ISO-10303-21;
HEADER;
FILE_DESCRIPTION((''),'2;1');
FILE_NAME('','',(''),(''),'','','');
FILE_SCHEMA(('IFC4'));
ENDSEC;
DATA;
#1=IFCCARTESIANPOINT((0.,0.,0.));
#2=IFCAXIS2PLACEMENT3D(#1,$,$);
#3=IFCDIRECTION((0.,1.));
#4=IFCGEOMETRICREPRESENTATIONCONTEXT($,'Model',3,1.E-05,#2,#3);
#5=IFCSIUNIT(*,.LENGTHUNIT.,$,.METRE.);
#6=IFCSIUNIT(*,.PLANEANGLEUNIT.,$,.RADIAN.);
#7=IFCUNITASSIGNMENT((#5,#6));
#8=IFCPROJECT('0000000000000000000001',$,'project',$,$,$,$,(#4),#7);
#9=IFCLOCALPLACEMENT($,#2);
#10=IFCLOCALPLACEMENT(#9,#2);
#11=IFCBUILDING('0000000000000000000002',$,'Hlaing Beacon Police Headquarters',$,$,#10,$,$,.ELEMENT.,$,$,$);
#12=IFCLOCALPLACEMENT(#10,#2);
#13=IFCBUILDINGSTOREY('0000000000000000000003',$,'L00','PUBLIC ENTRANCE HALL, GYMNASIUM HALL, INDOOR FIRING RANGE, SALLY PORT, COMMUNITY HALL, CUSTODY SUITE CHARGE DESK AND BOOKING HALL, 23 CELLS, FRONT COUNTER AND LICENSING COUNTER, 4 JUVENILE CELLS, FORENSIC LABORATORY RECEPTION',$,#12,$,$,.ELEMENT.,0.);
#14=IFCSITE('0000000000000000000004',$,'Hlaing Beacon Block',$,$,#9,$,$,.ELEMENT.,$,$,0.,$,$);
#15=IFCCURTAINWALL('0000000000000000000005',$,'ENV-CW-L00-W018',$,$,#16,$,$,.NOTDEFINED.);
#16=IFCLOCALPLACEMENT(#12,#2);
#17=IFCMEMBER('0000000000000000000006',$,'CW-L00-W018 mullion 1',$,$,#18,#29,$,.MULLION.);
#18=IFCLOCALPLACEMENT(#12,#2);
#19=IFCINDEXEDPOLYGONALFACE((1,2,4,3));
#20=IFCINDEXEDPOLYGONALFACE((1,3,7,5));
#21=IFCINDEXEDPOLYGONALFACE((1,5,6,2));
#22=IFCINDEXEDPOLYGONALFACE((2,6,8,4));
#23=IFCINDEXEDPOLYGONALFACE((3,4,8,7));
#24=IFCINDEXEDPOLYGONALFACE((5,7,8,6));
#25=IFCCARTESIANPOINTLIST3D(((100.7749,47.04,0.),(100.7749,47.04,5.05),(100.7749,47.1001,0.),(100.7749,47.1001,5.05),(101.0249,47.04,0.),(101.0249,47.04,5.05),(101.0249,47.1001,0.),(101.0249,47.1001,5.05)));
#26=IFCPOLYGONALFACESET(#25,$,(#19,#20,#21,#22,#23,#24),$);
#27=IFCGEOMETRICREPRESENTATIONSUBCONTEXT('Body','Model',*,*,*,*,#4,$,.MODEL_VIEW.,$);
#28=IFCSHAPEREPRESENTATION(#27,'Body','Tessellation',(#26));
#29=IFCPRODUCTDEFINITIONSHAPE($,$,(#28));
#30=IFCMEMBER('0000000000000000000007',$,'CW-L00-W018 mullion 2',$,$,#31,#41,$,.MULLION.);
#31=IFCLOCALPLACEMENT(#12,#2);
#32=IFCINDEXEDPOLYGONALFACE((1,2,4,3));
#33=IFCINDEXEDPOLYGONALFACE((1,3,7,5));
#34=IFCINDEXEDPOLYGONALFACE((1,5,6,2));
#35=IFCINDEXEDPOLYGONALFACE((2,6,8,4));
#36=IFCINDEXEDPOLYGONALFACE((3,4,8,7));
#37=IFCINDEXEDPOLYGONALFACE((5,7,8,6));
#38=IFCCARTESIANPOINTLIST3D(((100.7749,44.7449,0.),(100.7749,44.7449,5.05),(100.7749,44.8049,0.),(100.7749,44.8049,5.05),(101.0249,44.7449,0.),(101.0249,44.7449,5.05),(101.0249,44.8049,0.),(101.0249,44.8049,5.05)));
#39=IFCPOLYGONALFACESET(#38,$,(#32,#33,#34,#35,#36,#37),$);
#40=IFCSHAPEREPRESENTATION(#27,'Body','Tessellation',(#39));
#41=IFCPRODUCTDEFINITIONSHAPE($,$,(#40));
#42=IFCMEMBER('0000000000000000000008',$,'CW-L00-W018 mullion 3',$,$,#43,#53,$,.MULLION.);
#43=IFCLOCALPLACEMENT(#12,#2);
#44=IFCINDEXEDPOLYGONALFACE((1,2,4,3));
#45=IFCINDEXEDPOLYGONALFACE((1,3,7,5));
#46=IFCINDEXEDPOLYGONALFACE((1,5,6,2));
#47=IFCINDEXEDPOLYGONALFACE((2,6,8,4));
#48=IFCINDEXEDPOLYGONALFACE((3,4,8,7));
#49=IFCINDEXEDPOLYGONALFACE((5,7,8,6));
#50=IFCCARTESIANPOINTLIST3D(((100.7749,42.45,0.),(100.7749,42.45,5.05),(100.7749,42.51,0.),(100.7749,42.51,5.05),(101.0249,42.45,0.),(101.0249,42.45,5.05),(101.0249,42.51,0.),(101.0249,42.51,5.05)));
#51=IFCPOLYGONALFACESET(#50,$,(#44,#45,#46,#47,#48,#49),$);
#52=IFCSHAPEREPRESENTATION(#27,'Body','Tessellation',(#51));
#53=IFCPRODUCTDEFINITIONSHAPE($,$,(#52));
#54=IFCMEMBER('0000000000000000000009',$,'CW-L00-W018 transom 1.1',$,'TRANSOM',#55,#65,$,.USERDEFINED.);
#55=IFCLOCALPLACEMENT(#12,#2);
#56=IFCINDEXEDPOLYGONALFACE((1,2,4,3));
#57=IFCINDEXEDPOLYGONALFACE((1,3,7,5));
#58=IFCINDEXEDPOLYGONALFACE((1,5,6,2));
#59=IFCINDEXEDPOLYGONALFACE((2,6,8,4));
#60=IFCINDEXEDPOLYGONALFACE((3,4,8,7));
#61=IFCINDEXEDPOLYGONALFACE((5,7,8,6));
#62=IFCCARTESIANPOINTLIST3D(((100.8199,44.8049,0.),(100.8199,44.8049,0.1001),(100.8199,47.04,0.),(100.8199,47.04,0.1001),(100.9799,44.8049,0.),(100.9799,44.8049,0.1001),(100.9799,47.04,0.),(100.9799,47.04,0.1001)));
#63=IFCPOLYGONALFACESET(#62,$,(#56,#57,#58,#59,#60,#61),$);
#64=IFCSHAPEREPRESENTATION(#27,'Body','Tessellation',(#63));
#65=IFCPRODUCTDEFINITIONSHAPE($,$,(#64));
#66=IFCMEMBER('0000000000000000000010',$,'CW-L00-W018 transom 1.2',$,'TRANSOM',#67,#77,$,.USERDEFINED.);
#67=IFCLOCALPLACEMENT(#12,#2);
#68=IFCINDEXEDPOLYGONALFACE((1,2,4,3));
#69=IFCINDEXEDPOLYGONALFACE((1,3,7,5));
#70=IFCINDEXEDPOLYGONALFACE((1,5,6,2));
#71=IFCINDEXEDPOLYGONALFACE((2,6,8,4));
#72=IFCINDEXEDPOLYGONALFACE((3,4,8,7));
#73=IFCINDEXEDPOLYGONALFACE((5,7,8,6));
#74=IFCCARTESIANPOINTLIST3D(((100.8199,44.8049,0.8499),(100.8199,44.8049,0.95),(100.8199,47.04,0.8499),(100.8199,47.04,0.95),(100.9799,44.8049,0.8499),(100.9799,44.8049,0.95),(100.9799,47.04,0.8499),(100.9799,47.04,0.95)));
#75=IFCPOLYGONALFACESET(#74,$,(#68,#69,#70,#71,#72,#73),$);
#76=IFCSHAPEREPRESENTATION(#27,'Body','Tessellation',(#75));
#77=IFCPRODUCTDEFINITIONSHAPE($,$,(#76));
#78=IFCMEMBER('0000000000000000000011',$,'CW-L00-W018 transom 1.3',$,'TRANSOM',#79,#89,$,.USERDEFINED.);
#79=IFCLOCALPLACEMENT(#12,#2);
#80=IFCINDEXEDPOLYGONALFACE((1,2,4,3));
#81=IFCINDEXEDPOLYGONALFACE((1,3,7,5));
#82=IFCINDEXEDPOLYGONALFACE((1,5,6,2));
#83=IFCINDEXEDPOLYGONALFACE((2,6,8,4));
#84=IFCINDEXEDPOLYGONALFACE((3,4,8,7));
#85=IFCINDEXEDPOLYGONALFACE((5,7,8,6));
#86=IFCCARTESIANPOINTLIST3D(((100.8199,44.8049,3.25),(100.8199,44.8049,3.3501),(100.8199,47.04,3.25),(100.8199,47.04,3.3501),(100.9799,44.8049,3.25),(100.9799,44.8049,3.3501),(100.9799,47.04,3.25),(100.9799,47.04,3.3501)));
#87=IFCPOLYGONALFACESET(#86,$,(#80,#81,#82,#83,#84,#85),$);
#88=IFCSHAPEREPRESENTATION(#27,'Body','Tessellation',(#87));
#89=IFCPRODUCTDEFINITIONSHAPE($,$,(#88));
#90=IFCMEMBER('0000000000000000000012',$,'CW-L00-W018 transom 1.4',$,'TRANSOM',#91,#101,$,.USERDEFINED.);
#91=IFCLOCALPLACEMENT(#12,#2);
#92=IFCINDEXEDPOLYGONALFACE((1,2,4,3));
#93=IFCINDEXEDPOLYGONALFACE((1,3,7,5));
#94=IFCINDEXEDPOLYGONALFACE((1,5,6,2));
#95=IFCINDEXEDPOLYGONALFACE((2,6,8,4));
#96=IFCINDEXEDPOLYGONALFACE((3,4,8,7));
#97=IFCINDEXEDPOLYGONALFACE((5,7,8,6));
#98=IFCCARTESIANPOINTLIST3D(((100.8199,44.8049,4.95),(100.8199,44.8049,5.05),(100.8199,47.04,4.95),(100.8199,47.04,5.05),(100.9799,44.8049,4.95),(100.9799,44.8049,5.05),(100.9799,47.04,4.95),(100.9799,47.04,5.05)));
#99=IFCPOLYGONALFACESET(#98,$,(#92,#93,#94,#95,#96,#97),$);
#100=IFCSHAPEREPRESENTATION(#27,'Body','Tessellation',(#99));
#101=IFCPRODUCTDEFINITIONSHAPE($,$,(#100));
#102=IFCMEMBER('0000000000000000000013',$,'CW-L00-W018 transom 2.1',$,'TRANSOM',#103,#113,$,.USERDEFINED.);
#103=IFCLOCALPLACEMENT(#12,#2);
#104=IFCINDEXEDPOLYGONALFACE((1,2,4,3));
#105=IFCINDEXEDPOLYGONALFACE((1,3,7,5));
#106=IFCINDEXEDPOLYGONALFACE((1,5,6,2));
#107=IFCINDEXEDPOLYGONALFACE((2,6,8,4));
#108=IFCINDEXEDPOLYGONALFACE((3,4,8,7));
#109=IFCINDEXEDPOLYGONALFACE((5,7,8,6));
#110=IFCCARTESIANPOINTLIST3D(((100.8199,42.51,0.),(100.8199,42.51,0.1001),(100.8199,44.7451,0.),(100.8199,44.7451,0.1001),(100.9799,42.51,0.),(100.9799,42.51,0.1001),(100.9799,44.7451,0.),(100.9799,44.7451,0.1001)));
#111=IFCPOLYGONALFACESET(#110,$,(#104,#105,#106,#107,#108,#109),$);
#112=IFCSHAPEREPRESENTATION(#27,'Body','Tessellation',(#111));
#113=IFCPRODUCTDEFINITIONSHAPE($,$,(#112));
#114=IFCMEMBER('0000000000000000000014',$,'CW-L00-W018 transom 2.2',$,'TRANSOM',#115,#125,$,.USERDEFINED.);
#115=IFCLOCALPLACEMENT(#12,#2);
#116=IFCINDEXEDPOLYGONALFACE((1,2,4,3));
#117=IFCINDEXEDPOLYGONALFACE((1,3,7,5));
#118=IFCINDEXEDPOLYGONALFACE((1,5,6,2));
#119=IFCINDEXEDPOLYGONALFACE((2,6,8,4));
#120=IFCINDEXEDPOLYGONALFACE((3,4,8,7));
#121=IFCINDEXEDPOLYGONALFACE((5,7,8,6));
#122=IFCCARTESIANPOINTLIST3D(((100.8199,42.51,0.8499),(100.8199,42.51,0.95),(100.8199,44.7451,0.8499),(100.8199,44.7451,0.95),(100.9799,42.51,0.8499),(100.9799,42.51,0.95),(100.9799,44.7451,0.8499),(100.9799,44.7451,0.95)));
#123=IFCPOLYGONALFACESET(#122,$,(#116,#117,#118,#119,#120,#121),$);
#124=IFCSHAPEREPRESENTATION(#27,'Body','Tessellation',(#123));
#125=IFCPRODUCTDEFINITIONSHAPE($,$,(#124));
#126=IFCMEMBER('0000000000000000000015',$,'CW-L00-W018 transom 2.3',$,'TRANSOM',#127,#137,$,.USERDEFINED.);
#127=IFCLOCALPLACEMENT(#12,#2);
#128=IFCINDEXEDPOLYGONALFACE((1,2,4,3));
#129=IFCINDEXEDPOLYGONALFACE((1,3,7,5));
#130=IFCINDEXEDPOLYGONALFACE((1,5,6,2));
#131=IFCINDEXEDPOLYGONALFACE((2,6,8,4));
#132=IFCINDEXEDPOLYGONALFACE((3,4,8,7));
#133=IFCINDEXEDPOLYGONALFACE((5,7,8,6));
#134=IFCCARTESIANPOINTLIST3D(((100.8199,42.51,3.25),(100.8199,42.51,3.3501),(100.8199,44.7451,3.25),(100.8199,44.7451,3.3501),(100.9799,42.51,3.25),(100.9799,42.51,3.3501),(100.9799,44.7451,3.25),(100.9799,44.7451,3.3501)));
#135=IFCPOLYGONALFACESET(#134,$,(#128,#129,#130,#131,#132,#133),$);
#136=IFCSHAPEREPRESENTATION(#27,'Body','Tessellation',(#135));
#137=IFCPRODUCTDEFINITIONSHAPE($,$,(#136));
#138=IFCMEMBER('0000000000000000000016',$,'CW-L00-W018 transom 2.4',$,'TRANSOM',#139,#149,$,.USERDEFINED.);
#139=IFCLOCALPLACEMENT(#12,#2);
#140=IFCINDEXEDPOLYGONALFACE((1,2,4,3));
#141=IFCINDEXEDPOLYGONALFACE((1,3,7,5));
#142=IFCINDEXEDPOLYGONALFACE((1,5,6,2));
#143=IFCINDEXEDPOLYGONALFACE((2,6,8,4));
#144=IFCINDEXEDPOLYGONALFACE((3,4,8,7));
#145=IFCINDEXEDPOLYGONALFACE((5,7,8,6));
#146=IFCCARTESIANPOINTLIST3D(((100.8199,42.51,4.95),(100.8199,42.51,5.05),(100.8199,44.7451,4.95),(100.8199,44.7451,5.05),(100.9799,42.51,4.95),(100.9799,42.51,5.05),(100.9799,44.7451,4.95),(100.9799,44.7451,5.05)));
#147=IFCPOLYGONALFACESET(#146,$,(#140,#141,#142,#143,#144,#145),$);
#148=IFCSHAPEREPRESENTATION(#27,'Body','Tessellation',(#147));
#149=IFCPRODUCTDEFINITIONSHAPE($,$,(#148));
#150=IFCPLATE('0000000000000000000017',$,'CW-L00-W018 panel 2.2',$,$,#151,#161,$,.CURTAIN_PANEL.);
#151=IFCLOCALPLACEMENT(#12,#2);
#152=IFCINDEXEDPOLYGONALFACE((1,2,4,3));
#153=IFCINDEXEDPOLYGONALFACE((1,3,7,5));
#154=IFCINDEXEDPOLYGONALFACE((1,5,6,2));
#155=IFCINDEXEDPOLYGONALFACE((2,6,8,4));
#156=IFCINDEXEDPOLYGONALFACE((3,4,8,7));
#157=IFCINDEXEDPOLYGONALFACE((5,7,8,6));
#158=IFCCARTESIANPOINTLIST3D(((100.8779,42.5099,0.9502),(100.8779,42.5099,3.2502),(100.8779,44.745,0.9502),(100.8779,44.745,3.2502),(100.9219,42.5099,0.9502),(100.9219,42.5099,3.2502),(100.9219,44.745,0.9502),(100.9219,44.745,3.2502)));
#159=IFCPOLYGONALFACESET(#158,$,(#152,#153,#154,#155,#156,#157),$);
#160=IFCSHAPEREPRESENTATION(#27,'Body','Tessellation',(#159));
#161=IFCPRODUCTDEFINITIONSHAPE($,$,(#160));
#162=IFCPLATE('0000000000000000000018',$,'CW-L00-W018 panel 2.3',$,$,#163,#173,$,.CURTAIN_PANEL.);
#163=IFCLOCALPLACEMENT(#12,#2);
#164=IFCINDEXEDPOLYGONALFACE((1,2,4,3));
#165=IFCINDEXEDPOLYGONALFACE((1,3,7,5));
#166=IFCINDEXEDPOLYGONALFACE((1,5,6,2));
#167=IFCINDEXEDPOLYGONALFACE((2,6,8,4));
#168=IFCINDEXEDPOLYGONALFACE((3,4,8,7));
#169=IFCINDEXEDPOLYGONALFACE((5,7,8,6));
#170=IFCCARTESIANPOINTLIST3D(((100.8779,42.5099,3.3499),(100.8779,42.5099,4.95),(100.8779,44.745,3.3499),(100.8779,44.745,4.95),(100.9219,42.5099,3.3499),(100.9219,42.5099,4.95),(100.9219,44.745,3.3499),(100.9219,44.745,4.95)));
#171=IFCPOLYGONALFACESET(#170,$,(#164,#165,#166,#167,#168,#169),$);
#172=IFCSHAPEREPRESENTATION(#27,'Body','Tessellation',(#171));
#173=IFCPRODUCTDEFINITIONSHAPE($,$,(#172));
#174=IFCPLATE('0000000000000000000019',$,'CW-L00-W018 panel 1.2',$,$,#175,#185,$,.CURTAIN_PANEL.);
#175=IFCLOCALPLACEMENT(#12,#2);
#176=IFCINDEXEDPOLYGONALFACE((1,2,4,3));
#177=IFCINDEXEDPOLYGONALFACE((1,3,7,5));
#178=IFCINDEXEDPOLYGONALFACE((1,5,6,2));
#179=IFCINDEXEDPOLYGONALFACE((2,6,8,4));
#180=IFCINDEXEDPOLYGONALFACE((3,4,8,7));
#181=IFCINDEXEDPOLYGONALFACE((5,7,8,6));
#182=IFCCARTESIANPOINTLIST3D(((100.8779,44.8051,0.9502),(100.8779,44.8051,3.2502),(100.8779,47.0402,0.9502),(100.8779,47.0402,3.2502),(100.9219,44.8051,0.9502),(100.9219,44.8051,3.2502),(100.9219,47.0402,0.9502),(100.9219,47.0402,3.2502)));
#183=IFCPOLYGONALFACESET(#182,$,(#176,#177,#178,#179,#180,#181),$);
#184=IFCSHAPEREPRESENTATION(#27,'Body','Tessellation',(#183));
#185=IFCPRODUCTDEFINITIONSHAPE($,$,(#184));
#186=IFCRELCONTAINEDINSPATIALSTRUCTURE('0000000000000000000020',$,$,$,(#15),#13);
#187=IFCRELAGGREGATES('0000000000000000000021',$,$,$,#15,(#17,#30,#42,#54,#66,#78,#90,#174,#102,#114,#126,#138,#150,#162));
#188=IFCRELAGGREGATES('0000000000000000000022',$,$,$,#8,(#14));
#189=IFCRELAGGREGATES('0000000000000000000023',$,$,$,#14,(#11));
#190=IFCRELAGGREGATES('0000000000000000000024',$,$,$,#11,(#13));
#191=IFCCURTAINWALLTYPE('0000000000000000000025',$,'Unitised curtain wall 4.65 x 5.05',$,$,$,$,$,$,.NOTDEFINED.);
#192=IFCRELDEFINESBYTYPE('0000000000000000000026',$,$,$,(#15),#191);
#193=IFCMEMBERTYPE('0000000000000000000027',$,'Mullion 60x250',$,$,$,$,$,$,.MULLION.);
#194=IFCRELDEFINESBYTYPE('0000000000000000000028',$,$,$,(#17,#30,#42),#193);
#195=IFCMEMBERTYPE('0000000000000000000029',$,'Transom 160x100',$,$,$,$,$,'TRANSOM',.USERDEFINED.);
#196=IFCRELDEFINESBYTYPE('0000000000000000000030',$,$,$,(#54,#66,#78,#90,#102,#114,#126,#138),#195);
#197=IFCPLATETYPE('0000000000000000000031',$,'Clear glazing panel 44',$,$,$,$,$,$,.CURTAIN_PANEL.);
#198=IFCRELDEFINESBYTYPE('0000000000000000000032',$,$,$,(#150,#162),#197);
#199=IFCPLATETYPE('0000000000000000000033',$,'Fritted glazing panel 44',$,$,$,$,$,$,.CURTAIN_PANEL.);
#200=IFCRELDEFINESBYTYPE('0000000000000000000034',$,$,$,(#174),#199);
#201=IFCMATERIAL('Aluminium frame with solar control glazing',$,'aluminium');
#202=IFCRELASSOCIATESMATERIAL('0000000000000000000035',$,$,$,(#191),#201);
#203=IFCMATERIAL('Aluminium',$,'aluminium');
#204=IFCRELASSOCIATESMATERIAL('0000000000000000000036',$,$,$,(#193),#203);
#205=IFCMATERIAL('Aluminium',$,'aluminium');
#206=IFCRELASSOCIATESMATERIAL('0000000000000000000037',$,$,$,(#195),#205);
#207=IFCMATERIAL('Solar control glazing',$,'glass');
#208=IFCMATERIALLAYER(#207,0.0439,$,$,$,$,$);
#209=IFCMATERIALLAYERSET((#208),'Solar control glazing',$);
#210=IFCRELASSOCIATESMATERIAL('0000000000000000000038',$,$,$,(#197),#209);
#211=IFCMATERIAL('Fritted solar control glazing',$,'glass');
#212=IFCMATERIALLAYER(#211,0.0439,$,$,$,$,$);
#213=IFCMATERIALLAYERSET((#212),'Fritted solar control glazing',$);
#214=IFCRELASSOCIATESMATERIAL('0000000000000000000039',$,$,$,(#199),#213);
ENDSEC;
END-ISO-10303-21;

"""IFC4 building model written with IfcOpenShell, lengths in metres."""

from ifc_helpers import new_model, si_unit, direction, frame, origin, origin_2d, place, context, subcontext, project, spatial, rectangle, extrude, material, layer, layer_set, material_profile, profile_set, type_object, element, aggregate, save


model = new_model("IFC4")

# Units and contexts
model_context = context("Model", 3, precision=1e-05, world=origin(), true_north=direction((0.0, 1.0)))
body_context = subcontext(model_context, "Body", "Model", "MODEL_VIEW")
ifc_project = project(units=[si_unit("LENGTHUNIT", "METRE"), si_unit("PLANEANGLEUNIT", "RADIAN")], contexts=[model_context])

# Site, building, storey
site_placement = place(None, origin())
site = spatial("IfcSite", under=ifc_project, at=site_placement, Name="Hlaing Beacon Block", CompositionType="ELEMENT", RefElevation=0.0)
building_placement = place(site_placement, origin())
building = spatial("IfcBuilding", under=site, at=building_placement, Name="Hlaing Beacon Police Headquarters", CompositionType="ELEMENT")
storey_placement = place(building_placement, origin())
storey = spatial("IfcBuildingStorey", under=building, at=storey_placement, Name="L00", Description="PUBLIC ENTRANCE HALL, GYMNASIUM HALL, INDOOR FIRING RANGE, SALLY PORT, COMMUNITY HALL, CUSTODY SUITE CHARGE DESK AND BOOKING HALL, 23 CELLS, FRONT COUNTER AND LICENSING COUNTER, 4 JUVENILE CELLS, FORENSIC LABORATORY RECEPTION", CompositionType="ELEMENT", Elevation=0.0)

# Curtain wall, members, plates
ifc_material_1 = material(Name="Aluminium frame with solar control glazing", Category="aluminium")
curtain_wall_type = type_object("IfcCurtainWallType", Name="Unitised curtain wall 4.65 x 5.05", PredefinedType="NOTDEFINED", material=ifc_material_1)
curtain_wall_placement = place(storey_placement, origin())
curtain_wall = element("IfcCurtainWall", 1, at=curtain_wall_placement, inside=storey, type_object=curtain_wall_type, Name="ENV-CW-L00-W018", PredefinedType="NOTDEFINED")
ifc_material_2 = material(Name="Aluminium", Category="aluminium")
ifc_material_profile_1 = material_profile(ifc_material_2, rectangle(XDim=0.25, YDim=0.0601, at=origin_2d()), Name="Mullion 60x250")
ifc_profile_set_1 = profile_set([ifc_material_profile_1], Name="Aluminium")
member_type_1 = type_object("IfcMemberType", Name="Mullion 60x250", PredefinedType="MULLION", material=ifc_profile_set_1)
member_1_placement = place(storey_placement, frame((100.8999, 47.0701, 0.0), z_axis=(0.0, 0.0, 1.0), x_axis=(1.0, 0.0, 0.0)))
member_1 = element("IfcMember", 2, at=member_1_placement, type_object=member_type_1, Name="CW-L00-W018 mullion 1", PredefinedType="MULLION", context=body_context, shape_type="SweptSolid", body=[
    extrude(rectangle(XDim=0.25, YDim=0.0601, at=origin_2d()), origin(), (0.0, 0.0, 1.0), 5.05),
])
member_2_placement = place(storey_placement, frame((100.8999, 44.7749, 0.0), z_axis=(0.0, 0.0, 1.0), x_axis=(1.0, 0.0, 0.0)))
member_2 = element("IfcMember", 3, at=member_2_placement, type_object=member_type_1, Name="CW-L00-W018 mullion 2", PredefinedType="MULLION", context=body_context, shape_type="SweptSolid", body=[
    extrude(rectangle(XDim=0.25, YDim=0.0601, at=origin_2d()), origin(), (0.0, 0.0, 1.0), 5.05),
])
member_3_placement = place(storey_placement, frame((100.8999, 42.48, 0.0), z_axis=(0.0, 0.0, 1.0), x_axis=(1.0, 0.0, 0.0)))
member_3 = element("IfcMember", 4, at=member_3_placement, type_object=member_type_1, Name="CW-L00-W018 mullion 3", PredefinedType="MULLION", context=body_context, shape_type="SweptSolid", body=[
    extrude(rectangle(XDim=0.25, YDim=0.0601, at=origin_2d()), origin(), (0.0, 0.0, 1.0), 5.05),
])
ifc_material_3 = material(Name="Aluminium", Category="aluminium")
ifc_material_profile_2 = material_profile(ifc_material_3, rectangle(XDim=0.1599, YDim=0.1001, at=origin_2d()), Name="Transom 160x100")
ifc_profile_set_2 = profile_set([ifc_material_profile_2], Name="Aluminium")
member_type_2 = type_object("IfcMemberType", Name="Transom 160x100", ElementType="TRANSOM", PredefinedType="USERDEFINED", material=ifc_profile_set_2)
member_4_placement = place(storey_placement, frame((100.8999, 47.04, 0.05), z_axis=(0.0, -1.0, 0.0), x_axis=(1.0, 0.0, 0.0)))
member_4 = element("IfcMember", 5, at=member_4_placement, type_object=member_type_2, Name="CW-L00-W018 transom 1.1", ObjectType="TRANSOM", PredefinedType="USERDEFINED", context=body_context, shape_type="SweptSolid", body=[
    extrude(rectangle(XDim=0.1599, YDim=0.1001, at=origin_2d()), origin(), (0.0, 0.0, 1.0), 2.2351),
])
member_5_placement = place(storey_placement, frame((100.8999, 47.04, 0.8999), z_axis=(0.0, -1.0, 0.0), x_axis=(1.0, 0.0, 0.0)))
member_5 = element("IfcMember", 6, at=member_5_placement, type_object=member_type_2, Name="CW-L00-W018 transom 1.2", ObjectType="TRANSOM", PredefinedType="USERDEFINED", context=body_context, shape_type="SweptSolid", body=[
    extrude(rectangle(XDim=0.1599, YDim=0.1001, at=origin_2d()), origin(), (0.0, 0.0, 1.0), 2.2351),
])
member_6_placement = place(storey_placement, frame((100.8999, 47.04, 3.3), z_axis=(0.0, -1.0, 0.0), x_axis=(1.0, 0.0, 0.0)))
member_6 = element("IfcMember", 7, at=member_6_placement, type_object=member_type_2, Name="CW-L00-W018 transom 1.3", ObjectType="TRANSOM", PredefinedType="USERDEFINED", context=body_context, shape_type="SweptSolid", body=[
    extrude(rectangle(XDim=0.1599, YDim=0.1001, at=origin_2d()), origin(), (0.0, 0.0, 1.0), 2.2351),
])
member_7_placement = place(storey_placement, frame((100.8999, 47.04, 5.0), z_axis=(0.0, -1.0, 0.0), x_axis=(1.0, 0.0, 0.0)))
member_7 = element("IfcMember", 8, at=member_7_placement, type_object=member_type_2, Name="CW-L00-W018 transom 1.4", ObjectType="TRANSOM", PredefinedType="USERDEFINED", context=body_context, shape_type="SweptSolid", body=[
    extrude(rectangle(XDim=0.1599, YDim=0.1001, at=origin_2d()), origin(), (0.0, 0.0, 1.0), 2.2351),
])
member_8_placement = place(storey_placement, frame((100.8999, 44.7451, 0.05), z_axis=(0.0, -1.0, 0.0), x_axis=(1.0, 0.0, 0.0)))
member_8 = element("IfcMember", 9, at=member_8_placement, type_object=member_type_2, Name="CW-L00-W018 transom 2.1", ObjectType="TRANSOM", PredefinedType="USERDEFINED", context=body_context, shape_type="SweptSolid", body=[
    extrude(rectangle(XDim=0.1599, YDim=0.1001, at=origin_2d()), origin(), (0.0, 0.0, 1.0), 2.2351),
])
member_9_placement = place(storey_placement, frame((100.8999, 44.7451, 0.8999), z_axis=(0.0, -1.0, 0.0), x_axis=(1.0, 0.0, 0.0)))
member_9 = element("IfcMember", 10, at=member_9_placement, type_object=member_type_2, Name="CW-L00-W018 transom 2.2", ObjectType="TRANSOM", PredefinedType="USERDEFINED", context=body_context, shape_type="SweptSolid", body=[
    extrude(rectangle(XDim=0.1599, YDim=0.1001, at=origin_2d()), origin(), (0.0, 0.0, 1.0), 2.2351),
])
member_10_placement = place(storey_placement, frame((100.8999, 44.7451, 3.3), z_axis=(0.0, -1.0, 0.0), x_axis=(1.0, 0.0, 0.0)))
member_10 = element("IfcMember", 11, at=member_10_placement, type_object=member_type_2, Name="CW-L00-W018 transom 2.3", ObjectType="TRANSOM", PredefinedType="USERDEFINED", context=body_context, shape_type="SweptSolid", body=[
    extrude(rectangle(XDim=0.1599, YDim=0.1001, at=origin_2d()), origin(), (0.0, 0.0, 1.0), 2.2351),
])
member_11_placement = place(storey_placement, frame((100.8999, 44.7451, 5.0), z_axis=(0.0, -1.0, 0.0), x_axis=(1.0, 0.0, 0.0)))
member_11 = element("IfcMember", 12, at=member_11_placement, type_object=member_type_2, Name="CW-L00-W018 transom 2.4", ObjectType="TRANSOM", PredefinedType="USERDEFINED", context=body_context, shape_type="SweptSolid", body=[
    extrude(rectangle(XDim=0.1599, YDim=0.1001, at=origin_2d()), origin(), (0.0, 0.0, 1.0), 2.2351),
])
ifc_material_4 = material(Name="Solar control glazing", Category="glass")
ifc_layer_1 = layer(ifc_material_4, 0.0439)
ifc_layer_set_1 = layer_set([ifc_layer_1], Name="Solar control glazing")
plate_type_1 = type_object("IfcPlateType", Name="Clear glazing panel 44", PredefinedType="CURTAIN_PANEL", material=ifc_layer_set_1)
plate_1_placement = place(storey_placement, frame((100.8999, 43.6274, 0.9502), z_axis=(0.0, 0.0, 1.0), x_axis=(0.0, -1.0, 0.0)))
plate_1 = element("IfcPlate", 13, at=plate_1_placement, type_object=plate_type_1, Name="CW-L00-W018 panel 2.2", PredefinedType="CURTAIN_PANEL", context=body_context, shape_type="SweptSolid", body=[
    extrude(rectangle(XDim=2.2351, YDim=0.0439, at=origin_2d()), origin(), (0.0, 0.0, 1.0), 2.3),
])
plate_2_placement = place(storey_placement, frame((100.8999, 43.6274, 3.3499), z_axis=(0.0, 0.0, 1.0), x_axis=(0.0, -1.0, 0.0)))
plate_2 = element("IfcPlate", 14, at=plate_2_placement, type_object=plate_type_1, Name="CW-L00-W018 panel 2.3", PredefinedType="CURTAIN_PANEL", context=body_context, shape_type="SweptSolid", body=[
    extrude(rectangle(XDim=2.2351, YDim=0.0439, at=origin_2d()), origin(), (0.0, 0.0, 1.0), 1.6001),
])
ifc_material_5 = material(Name="Fritted solar control glazing", Category="glass")
ifc_layer_2 = layer(ifc_material_5, 0.0439)
ifc_layer_set_2 = layer_set([ifc_layer_2], Name="Fritted solar control glazing")
plate_type_2 = type_object("IfcPlateType", Name="Fritted glazing panel 44", PredefinedType="CURTAIN_PANEL", material=ifc_layer_set_2)
plate_3_placement = place(storey_placement, frame((100.8999, 45.9226, 0.9502), z_axis=(0.0, 0.0, 1.0), x_axis=(0.0, -1.0, 0.0)))
plate_3 = element("IfcPlate", 15, at=plate_3_placement, type_object=plate_type_2, Name="CW-L00-W018 panel 1.2", PredefinedType="CURTAIN_PANEL", context=body_context, shape_type="SweptSolid", body=[
    extrude(rectangle(XDim=2.2351, YDim=0.0439, at=origin_2d()), origin(), (0.0, 0.0, 1.0), 2.3),
])
aggregate(curtain_wall, [member_1, member_2, member_3, member_4, member_5, member_6, member_7, plate_3, member_8, member_9, member_10, member_11, plate_1, plate_2])

save(model, "model.ifc")
